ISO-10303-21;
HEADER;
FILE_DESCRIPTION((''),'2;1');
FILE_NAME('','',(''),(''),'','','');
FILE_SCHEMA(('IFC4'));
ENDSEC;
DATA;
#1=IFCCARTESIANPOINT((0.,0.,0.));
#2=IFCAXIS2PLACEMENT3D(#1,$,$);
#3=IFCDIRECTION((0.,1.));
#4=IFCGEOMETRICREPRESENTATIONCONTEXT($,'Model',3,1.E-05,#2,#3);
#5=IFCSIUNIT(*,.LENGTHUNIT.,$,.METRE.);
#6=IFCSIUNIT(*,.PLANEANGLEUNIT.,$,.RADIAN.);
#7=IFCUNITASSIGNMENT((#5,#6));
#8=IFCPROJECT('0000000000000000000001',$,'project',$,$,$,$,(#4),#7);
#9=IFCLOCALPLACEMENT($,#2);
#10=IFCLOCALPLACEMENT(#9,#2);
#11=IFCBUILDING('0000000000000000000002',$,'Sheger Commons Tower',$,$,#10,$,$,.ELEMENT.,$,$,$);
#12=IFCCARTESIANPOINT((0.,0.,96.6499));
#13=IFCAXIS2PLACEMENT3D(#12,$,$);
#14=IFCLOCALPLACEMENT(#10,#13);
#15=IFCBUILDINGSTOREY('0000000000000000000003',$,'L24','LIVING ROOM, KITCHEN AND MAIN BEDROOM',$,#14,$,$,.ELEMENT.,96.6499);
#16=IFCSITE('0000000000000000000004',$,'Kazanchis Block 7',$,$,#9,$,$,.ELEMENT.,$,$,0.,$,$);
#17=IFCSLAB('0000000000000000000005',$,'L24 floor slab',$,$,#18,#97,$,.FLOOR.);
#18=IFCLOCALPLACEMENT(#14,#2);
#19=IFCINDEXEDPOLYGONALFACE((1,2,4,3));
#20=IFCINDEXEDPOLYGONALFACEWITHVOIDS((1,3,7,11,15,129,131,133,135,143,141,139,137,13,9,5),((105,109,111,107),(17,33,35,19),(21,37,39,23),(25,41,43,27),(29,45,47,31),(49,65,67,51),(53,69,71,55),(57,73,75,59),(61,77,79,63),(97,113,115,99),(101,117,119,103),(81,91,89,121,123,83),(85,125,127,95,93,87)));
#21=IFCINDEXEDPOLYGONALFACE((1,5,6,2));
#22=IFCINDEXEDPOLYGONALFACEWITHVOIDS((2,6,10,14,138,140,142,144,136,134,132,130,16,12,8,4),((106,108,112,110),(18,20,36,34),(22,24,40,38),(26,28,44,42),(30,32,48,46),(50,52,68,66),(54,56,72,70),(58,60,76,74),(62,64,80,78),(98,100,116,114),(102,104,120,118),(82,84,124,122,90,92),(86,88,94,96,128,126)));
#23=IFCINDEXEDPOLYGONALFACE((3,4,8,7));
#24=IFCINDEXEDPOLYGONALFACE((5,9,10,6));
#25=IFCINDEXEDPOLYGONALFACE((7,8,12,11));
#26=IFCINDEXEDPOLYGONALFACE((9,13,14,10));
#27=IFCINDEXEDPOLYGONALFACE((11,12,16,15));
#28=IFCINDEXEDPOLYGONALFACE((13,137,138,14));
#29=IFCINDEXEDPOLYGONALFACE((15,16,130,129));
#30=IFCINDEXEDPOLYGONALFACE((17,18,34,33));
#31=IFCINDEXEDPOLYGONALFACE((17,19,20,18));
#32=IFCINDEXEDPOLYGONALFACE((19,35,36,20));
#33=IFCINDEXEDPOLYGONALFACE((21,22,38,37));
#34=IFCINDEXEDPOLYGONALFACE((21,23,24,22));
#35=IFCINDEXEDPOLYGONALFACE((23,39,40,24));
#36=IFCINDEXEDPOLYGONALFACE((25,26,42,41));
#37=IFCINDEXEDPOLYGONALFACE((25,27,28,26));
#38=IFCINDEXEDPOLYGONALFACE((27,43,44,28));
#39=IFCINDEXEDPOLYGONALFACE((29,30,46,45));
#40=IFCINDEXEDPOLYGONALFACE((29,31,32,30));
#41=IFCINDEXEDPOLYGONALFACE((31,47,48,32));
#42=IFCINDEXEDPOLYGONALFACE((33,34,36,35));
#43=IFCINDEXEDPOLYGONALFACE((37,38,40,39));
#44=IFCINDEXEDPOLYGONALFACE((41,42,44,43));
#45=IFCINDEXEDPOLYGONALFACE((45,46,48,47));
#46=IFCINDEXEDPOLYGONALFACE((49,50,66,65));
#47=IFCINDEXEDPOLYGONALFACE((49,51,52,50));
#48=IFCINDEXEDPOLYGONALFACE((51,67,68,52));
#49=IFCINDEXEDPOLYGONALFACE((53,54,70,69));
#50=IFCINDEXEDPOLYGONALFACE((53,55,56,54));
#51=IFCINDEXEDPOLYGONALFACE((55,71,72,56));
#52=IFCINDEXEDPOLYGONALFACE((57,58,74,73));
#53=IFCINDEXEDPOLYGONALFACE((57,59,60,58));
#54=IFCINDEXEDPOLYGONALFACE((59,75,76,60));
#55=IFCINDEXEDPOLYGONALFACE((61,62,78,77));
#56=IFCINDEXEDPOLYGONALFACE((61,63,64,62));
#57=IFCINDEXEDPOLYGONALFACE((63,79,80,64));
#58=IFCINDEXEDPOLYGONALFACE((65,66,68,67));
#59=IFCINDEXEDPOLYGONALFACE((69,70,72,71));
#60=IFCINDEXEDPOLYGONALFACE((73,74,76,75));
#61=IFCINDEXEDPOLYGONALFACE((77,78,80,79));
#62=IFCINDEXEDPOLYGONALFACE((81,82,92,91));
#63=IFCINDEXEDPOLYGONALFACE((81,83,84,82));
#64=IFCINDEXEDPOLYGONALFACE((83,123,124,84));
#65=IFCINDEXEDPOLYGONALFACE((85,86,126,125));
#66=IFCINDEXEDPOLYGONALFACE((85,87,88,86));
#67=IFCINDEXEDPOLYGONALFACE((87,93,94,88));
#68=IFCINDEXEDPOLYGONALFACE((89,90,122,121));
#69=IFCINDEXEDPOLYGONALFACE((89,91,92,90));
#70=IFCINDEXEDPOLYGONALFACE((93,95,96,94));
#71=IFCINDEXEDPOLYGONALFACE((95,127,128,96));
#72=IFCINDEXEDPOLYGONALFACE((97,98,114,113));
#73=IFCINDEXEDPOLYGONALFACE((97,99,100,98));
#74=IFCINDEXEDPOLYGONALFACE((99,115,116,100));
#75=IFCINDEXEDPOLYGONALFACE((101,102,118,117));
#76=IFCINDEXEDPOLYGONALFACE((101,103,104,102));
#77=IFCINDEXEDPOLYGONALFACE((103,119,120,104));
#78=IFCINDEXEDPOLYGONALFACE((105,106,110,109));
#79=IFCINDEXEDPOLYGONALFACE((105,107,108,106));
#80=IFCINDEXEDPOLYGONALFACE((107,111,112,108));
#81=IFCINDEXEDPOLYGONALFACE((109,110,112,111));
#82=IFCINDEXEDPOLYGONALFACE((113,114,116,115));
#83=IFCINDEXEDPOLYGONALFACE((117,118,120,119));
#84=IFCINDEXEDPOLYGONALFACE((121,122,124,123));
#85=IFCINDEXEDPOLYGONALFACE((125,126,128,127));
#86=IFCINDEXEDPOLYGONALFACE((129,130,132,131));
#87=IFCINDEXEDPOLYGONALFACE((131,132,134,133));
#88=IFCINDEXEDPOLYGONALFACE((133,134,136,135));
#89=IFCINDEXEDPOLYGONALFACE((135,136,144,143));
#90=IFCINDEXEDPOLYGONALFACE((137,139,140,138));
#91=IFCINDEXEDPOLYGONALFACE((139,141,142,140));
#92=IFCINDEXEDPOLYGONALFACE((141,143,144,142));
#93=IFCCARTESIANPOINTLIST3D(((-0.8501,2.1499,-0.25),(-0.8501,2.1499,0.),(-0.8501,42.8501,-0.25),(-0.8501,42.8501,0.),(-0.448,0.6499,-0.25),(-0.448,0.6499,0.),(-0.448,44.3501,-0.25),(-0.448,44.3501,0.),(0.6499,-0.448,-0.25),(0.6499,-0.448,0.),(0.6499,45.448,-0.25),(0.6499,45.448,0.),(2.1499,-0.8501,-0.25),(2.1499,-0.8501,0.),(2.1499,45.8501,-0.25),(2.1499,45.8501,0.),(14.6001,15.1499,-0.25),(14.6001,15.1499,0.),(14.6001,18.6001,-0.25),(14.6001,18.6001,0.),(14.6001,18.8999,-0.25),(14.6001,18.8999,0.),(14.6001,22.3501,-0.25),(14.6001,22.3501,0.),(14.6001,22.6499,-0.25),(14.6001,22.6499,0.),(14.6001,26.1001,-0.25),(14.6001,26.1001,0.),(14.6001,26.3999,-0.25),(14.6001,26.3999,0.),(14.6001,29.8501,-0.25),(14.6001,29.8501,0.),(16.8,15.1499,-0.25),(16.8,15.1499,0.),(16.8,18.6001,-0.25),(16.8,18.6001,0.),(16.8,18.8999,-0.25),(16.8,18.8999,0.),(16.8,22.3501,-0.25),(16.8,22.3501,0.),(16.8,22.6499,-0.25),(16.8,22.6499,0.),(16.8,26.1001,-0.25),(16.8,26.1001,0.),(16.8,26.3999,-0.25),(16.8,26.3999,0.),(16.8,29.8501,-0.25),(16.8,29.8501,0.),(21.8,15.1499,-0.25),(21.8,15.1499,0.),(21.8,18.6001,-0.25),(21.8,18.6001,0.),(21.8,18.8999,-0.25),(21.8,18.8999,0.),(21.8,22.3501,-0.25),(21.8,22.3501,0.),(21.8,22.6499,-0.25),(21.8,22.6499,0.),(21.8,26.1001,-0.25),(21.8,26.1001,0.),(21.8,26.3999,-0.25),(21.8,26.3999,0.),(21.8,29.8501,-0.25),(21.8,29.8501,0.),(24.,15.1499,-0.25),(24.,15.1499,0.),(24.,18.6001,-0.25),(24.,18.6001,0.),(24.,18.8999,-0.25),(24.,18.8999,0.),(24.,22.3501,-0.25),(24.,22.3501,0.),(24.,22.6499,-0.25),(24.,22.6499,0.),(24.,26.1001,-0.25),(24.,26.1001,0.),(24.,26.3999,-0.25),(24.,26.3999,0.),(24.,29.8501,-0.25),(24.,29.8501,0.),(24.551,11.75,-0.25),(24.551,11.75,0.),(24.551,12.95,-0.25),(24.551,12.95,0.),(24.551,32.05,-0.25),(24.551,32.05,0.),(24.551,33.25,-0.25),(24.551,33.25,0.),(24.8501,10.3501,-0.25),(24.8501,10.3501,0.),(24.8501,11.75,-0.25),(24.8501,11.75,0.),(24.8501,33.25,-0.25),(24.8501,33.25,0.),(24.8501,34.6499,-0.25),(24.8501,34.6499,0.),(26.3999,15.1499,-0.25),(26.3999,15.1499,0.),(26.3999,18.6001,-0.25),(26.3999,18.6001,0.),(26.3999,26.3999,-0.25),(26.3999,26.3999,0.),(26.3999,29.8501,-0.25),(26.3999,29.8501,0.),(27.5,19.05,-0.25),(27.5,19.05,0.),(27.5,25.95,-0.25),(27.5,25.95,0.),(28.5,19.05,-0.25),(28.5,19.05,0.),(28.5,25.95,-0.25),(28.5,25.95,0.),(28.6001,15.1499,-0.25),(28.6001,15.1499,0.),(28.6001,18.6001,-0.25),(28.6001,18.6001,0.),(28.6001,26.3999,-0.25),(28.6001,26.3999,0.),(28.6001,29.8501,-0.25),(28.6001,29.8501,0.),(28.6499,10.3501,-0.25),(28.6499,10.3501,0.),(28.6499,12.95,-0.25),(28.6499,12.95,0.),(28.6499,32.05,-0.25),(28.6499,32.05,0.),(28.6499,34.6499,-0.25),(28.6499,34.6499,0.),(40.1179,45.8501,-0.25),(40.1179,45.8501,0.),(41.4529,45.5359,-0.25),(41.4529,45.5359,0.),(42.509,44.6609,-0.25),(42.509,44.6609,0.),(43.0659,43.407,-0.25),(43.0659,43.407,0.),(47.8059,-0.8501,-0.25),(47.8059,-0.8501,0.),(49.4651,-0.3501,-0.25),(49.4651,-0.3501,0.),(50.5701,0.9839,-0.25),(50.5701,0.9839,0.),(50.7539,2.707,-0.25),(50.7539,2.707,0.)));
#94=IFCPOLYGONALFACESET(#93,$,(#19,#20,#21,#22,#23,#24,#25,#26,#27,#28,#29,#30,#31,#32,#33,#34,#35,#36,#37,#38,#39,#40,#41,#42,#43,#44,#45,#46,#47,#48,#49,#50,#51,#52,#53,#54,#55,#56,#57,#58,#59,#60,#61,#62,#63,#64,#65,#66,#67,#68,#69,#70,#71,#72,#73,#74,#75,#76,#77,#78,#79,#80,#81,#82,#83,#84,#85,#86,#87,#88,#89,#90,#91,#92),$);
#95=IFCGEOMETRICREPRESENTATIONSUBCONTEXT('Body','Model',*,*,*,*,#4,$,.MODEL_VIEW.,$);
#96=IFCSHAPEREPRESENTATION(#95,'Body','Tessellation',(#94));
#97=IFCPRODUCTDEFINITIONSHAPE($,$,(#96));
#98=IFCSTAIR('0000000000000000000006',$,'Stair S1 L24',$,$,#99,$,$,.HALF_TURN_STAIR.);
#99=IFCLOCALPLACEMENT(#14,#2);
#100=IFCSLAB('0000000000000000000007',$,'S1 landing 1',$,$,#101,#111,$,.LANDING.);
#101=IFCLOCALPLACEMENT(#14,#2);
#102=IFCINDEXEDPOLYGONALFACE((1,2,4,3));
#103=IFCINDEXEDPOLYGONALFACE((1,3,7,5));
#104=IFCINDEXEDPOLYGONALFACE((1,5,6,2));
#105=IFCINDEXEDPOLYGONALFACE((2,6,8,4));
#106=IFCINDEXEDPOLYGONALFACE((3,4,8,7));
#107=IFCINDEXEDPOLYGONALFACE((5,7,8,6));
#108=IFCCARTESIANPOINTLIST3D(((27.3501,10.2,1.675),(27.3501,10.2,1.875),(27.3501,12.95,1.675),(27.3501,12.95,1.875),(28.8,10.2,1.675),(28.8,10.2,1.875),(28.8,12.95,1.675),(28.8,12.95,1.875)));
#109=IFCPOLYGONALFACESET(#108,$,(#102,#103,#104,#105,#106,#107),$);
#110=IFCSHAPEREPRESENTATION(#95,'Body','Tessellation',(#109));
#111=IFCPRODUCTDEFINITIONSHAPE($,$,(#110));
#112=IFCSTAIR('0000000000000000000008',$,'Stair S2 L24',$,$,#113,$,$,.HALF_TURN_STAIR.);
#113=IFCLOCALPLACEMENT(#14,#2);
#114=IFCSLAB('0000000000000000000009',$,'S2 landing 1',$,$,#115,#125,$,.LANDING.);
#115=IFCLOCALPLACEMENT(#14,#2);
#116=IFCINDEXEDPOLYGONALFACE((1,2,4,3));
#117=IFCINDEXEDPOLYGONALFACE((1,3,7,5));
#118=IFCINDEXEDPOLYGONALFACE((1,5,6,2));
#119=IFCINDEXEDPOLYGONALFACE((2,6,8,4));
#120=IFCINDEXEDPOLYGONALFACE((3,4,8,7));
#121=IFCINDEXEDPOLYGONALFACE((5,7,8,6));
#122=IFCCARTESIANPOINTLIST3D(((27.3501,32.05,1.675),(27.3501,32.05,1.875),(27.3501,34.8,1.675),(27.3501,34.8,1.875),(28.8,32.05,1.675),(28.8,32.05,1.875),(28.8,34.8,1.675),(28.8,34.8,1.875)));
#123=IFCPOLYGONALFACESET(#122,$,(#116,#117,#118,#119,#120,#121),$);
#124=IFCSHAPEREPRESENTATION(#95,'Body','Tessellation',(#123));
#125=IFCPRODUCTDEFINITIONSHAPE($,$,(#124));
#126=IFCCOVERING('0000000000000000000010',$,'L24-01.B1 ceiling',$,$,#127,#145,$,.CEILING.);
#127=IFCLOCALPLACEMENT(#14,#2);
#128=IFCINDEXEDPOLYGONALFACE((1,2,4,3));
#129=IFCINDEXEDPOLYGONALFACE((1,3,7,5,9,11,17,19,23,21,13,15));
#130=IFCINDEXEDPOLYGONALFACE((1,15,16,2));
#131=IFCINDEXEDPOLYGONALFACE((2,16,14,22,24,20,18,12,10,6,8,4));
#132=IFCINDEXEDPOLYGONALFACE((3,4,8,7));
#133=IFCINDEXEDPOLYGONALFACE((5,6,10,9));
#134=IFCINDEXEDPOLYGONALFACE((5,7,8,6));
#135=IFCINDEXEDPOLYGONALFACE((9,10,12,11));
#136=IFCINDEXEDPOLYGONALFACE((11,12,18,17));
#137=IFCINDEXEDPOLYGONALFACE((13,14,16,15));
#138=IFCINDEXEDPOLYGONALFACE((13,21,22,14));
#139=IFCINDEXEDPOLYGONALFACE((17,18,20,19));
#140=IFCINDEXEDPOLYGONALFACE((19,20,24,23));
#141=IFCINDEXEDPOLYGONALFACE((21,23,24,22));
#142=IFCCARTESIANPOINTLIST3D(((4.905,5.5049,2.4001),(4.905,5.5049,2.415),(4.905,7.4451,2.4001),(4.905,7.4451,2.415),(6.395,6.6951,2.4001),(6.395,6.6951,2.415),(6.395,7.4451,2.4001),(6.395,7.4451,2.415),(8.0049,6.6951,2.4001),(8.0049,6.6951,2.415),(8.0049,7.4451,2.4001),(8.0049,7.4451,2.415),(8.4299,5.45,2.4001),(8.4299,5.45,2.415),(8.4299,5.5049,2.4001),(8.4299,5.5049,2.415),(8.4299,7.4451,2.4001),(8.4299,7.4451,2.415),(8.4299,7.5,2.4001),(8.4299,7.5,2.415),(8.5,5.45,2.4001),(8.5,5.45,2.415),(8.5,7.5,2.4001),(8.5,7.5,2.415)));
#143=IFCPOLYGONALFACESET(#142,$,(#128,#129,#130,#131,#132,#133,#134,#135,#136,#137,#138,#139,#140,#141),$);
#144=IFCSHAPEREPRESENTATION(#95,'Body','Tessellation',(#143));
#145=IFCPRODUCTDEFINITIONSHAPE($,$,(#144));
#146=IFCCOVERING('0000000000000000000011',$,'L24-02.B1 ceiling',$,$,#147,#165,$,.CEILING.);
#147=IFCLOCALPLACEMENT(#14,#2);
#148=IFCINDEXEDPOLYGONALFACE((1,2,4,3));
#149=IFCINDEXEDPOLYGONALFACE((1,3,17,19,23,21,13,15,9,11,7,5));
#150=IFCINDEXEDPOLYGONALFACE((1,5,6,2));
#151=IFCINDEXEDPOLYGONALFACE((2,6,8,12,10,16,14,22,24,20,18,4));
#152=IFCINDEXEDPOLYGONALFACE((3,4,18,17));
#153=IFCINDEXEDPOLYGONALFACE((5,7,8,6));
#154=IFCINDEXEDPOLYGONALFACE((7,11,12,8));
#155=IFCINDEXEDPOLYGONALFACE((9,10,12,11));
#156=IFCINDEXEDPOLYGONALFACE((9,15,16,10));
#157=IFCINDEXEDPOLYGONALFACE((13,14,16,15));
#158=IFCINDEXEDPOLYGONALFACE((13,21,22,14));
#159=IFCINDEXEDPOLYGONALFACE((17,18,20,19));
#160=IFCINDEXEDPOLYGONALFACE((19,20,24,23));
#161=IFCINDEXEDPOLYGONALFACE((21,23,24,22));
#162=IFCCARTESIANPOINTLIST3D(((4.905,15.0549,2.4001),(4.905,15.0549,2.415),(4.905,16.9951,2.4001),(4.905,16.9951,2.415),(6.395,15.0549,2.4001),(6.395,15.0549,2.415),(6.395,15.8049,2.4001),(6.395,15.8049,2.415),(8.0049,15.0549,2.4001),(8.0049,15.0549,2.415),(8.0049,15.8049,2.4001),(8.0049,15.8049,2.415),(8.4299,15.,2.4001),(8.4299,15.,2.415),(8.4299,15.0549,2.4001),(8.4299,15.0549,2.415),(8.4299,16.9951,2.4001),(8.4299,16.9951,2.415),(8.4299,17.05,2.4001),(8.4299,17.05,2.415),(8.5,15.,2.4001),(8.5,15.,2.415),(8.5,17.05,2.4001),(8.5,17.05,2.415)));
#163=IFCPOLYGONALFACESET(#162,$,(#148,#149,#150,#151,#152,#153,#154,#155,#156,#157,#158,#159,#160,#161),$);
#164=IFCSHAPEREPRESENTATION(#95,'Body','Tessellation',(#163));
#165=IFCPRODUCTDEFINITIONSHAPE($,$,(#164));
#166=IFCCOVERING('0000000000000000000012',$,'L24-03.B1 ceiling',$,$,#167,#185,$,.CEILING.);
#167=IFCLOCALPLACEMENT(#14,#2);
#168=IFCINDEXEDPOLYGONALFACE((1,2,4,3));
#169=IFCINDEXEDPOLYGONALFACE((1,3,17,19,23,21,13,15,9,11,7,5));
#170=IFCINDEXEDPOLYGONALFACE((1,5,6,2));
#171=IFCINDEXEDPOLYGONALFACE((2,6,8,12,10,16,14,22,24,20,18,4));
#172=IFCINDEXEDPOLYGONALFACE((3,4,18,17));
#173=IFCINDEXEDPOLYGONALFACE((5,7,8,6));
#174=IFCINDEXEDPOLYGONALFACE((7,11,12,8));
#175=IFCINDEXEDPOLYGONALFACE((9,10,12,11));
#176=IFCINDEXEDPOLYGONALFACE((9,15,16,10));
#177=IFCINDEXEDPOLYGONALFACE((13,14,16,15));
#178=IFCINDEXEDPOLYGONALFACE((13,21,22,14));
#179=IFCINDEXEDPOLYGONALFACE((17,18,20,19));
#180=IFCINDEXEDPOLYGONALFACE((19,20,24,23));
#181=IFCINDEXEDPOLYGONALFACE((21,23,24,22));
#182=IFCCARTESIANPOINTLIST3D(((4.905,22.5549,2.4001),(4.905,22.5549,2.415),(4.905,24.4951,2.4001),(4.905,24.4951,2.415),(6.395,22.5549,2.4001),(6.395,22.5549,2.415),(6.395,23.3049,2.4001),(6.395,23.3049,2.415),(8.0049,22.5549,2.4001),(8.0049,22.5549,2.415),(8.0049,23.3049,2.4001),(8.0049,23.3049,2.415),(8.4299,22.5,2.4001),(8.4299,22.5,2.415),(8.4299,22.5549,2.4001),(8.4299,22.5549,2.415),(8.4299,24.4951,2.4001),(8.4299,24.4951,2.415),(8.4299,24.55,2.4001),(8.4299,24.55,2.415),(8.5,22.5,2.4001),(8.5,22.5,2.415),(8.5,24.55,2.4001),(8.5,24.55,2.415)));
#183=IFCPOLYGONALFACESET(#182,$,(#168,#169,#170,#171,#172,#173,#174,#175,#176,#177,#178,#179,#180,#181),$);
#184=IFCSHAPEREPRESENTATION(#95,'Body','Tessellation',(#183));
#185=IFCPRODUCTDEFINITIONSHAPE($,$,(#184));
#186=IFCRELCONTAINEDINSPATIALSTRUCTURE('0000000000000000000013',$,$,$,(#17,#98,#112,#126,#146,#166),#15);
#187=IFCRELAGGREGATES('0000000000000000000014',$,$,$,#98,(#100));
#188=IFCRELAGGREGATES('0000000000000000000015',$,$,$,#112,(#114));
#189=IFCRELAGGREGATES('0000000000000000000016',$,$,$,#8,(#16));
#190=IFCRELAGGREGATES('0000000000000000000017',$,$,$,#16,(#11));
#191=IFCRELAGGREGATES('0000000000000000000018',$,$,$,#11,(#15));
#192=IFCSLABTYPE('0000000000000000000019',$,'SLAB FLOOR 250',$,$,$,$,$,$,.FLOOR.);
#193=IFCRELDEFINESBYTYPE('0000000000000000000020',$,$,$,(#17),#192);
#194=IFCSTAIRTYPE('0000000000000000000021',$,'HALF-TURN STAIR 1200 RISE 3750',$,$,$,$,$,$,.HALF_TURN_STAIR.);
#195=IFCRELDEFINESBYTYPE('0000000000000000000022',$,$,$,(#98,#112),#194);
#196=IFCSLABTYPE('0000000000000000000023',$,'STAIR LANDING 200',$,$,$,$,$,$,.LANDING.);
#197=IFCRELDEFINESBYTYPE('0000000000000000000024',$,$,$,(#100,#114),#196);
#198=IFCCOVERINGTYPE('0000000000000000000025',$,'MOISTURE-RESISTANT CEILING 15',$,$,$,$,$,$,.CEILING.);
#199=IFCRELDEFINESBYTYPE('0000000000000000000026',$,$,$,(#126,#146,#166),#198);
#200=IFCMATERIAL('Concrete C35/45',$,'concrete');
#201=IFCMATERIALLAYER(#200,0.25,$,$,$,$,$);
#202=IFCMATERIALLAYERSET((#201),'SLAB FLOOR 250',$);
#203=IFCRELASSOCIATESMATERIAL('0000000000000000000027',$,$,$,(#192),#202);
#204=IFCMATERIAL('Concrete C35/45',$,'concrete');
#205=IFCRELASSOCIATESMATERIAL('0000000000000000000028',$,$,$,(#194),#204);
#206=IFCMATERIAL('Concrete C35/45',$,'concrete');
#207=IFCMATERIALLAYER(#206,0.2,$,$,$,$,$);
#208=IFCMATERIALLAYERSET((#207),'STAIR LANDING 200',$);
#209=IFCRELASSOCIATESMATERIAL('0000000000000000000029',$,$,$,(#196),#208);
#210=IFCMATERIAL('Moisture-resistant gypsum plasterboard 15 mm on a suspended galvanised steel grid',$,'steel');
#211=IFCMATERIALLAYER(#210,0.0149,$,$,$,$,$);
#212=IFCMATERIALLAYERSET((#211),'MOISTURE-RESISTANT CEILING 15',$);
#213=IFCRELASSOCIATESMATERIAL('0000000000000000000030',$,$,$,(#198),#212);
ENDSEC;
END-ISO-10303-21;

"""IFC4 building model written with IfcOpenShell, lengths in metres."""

from ifc_helpers import new_model, si_unit, direction, frame, origin, place, context, subcontext, project, spatial, polyline, outline, extrude, material, layer, layer_set, type_object, element, aggregate, save


model = new_model("IFC4")

# Units and contexts
model_context = context("Model", 3, precision=1e-05, world=origin(), true_north=direction((0.0, 1.0)))
body_context = subcontext(model_context, "Body", "Model", "MODEL_VIEW")
ifc_project = project(units=[si_unit("LENGTHUNIT", "METRE"), si_unit("PLANEANGLEUNIT", "RADIAN")], contexts=[model_context])

# Site, building, storey
site_placement = place(None, origin())
site = spatial("IfcSite", under=ifc_project, at=site_placement, Name="Kazanchis Block 7", CompositionType="ELEMENT", RefElevation=0.0)
building_placement = place(site_placement, origin())
building = spatial("IfcBuilding", under=site, at=building_placement, Name="Sheger Commons Tower", CompositionType="ELEMENT")
storey_placement = place(building_placement, frame((0.0, 0.0, 96.6499)))
storey = spatial("IfcBuildingStorey", under=building, at=storey_placement, Name="L24", Description="LIVING ROOM, KITCHEN AND MAIN BEDROOM", CompositionType="ELEMENT", Elevation=96.6499)

# Slab
ifc_material_1 = material(Name="Concrete C35/45", Category="concrete")
ifc_layer_1 = layer(ifc_material_1, 0.25)
ifc_layer_set_1 = layer_set([ifc_layer_1], Name="SLAB FLOOR 250")
slab_type_1 = type_object("IfcSlabType", Name="SLAB FLOOR 250", PredefinedType="FLOOR", material=ifc_layer_set_1)
slab_1_placement = place(storey_placement, frame((0.0, 0.0, -0.25)))
element("IfcSlab", 1, at=slab_1_placement, inside=storey, type_object=slab_type_1, Name="L24 floor slab", PredefinedType="FLOOR", context=body_context, shape_type="SweptSolid", body=[
    extrude(outline(polyline([(-0.8501, 2.1499), (-0.448, 0.6499), (0.6499, -0.448), (2.1499, -0.8501), (47.8059, -0.8501), (49.4651, -0.3501), (50.5701, 0.9839), (50.7539, 2.707), (43.0659, 43.407), (42.509, 44.6609), (41.4529, 45.5359), (40.1179, 45.8501), (2.1499, 45.8501), (0.6499, 45.448), (-0.448, 44.3501), (-0.8501, 42.8501), (-0.8501, 2.1499)]), holes=[polyline([(24.8501, 10.3501), (28.6499, 10.3501), (28.6499, 12.95), (24.551, 12.95), (24.551, 11.75), (24.8501, 11.75), (24.8501, 10.3501)]), polyline([(24.551, 32.05), (28.6499, 32.05), (28.6499, 34.6499), (24.8501, 34.6499), (24.8501, 33.25), (24.551, 33.25), (24.551, 32.05)]), polyline([(26.3999, 15.1499), (28.6001, 15.1499), (28.6001, 18.6001), (26.3999, 18.6001), (26.3999, 15.1499)]), polyline([(26.3999, 26.3999), (28.6001, 26.3999), (28.6001, 29.8501), (26.3999, 29.8501), (26.3999, 26.3999)]), polyline([(14.6001, 15.1499), (16.8, 15.1499), (16.8, 18.6001), (14.6001, 18.6001), (14.6001, 15.1499)]), polyline([(14.6001, 18.8999), (16.8, 18.8999), (16.8, 22.3501), (14.6001, 22.3501), (14.6001, 18.8999)]), polyline([(14.6001, 22.6499), (16.8, 22.6499), (16.8, 26.1001), (14.6001, 26.1001), (14.6001, 22.6499)]), polyline([(14.6001, 26.3999), (16.8, 26.3999), (16.8, 29.8501), (14.6001, 29.8501), (14.6001, 26.3999)]), polyline([(21.8, 15.1499), (24.0, 15.1499), (24.0, 18.6001), (21.8, 18.6001), (21.8, 15.1499)]), polyline([(21.8, 18.8999), (24.0, 18.8999), (24.0, 22.3501), (21.8, 22.3501), (21.8, 18.8999)]), polyline([(21.8, 22.6499), (24.0, 22.6499), (24.0, 26.1001), (21.8, 26.1001), (21.8, 22.6499)]), polyline([(21.8, 26.3999), (24.0, 26.3999), (24.0, 29.8501), (21.8, 29.8501), (21.8, 26.3999)]), polyline([(27.5, 19.05), (28.5, 19.05), (28.5, 25.95), (27.5, 25.95), (27.5, 19.05)])]), origin(), (0.0, 0.0, 1.0), 0.25),
])

# Stairs, slabs
ifc_material_2 = material(Name="Concrete C35/45", Category="concrete")
stair_type = type_object("IfcStairType", Name="HALF-TURN STAIR 1200 RISE 3750", PredefinedType="HALF_TURN_STAIR", material=ifc_material_2)
stair_1_placement = place(storey_placement, origin())
stair_1 = element("IfcStair", 2, at=stair_1_placement, inside=storey, type_object=stair_type, Name="Stair S1 L24", PredefinedType="HALF_TURN_STAIR")
ifc_material_3 = material(Name="Concrete C35/45", Category="concrete")
ifc_layer_2 = layer(ifc_material_3, 0.2)
ifc_layer_set_2 = layer_set([ifc_layer_2], Name="STAIR LANDING 200")
slab_type_2 = type_object("IfcSlabType", Name="STAIR LANDING 200", PredefinedType="LANDING", material=ifc_layer_set_2)
slab_2_placement = place(storey_placement, frame((0.0, 0.0, 1.675)))
slab_2 = element("IfcSlab", 3, at=slab_2_placement, type_object=slab_type_2, Name="S1 landing 1", PredefinedType="LANDING", context=body_context, shape_type="SweptSolid", body=[
    extrude(outline(polyline([(27.3501, 10.2), (28.8, 10.2), (28.8, 12.95), (27.3501, 12.95), (27.3501, 10.2)])), origin(), (0.0, 0.0, 1.0), 0.2),
])
aggregate(stair_1, [slab_2])
stair_2_placement = place(storey_placement, origin())
stair_2 = element("IfcStair", 4, at=stair_2_placement, inside=storey, type_object=stair_type, Name="Stair S2 L24", PredefinedType="HALF_TURN_STAIR")
slab_3_placement = place(storey_placement, frame((0.0, 0.0, 1.675)))
slab_3 = element("IfcSlab", 5, at=slab_3_placement, type_object=slab_type_2, Name="S2 landing 1", PredefinedType="LANDING", context=body_context, shape_type="SweptSolid", body=[
    extrude(outline(polyline([(27.3501, 32.05), (28.8, 32.05), (28.8, 34.8), (27.3501, 34.8), (27.3501, 32.05)])), origin(), (0.0, 0.0, 1.0), 0.2),
])
aggregate(stair_2, [slab_3])

# Coverings
ifc_material_4 = material(Name="Moisture-resistant gypsum plasterboard 15 mm on a suspended galvanised steel grid", Category="steel")
ifc_layer_3 = layer(ifc_material_4, 0.0149)
ifc_layer_set_3 = layer_set([ifc_layer_3], Name="MOISTURE-RESISTANT CEILING 15")
covering_type_1 = type_object("IfcCoveringType", Name="MOISTURE-RESISTANT CEILING 15", PredefinedType="CEILING", material=ifc_layer_set_3)
covering_1_placement = place(storey_placement, frame((0.0, 0.0, 2.4001)))
element("IfcCovering", 6, at=covering_1_placement, inside=storey, type_object=covering_type_1, Name="L24-01.B1 ceiling", PredefinedType="CEILING", context=body_context, shape_type="SweptSolid", body=[
    extrude(outline(polyline([(8.4299, 5.45), (8.5, 5.45), (8.5, 7.5), (8.4299, 7.5), (8.4299, 7.4451), (8.0049, 7.4451), (8.0049, 6.6951), (6.395, 6.6951), (6.395, 7.4451), (4.905, 7.4451), (4.905, 5.5049), (8.4299, 5.5049), (8.4299, 5.45)])), origin(), (0.0, 0.0, 1.0), 0.0149),
])
covering_2_placement = place(storey_placement, frame((0.0, 0.0, 2.4001)))
element("IfcCovering", 7, at=covering_2_placement, inside=storey, type_object=covering_type_1, Name="L24-02.B1 ceiling", PredefinedType="CEILING", context=body_context, shape_type="SweptSolid", body=[
    extrude(outline(polyline([(8.4299, 15.0), (8.5, 15.0), (8.5, 17.05), (8.4299, 17.05), (8.4299, 16.9951), (4.905, 16.9951), (4.905, 15.0549), (6.395, 15.0549), (6.395, 15.8049), (8.0049, 15.8049), (8.0049, 15.0549), (8.4299, 15.0549), (8.4299, 15.0)])), origin(), (0.0, 0.0, 1.0), 0.0149),
])
covering_3_placement = place(storey_placement, frame((0.0, 0.0, 2.4001)))
element("IfcCovering", 8, at=covering_3_placement, inside=storey, type_object=covering_type_1, Name="L24-03.B1 ceiling", PredefinedType="CEILING", context=body_context, shape_type="SweptSolid", body=[
    extrude(outline(polyline([(8.4299, 22.5), (8.5, 22.5), (8.5, 24.55), (8.4299, 24.55), (8.4299, 24.4951), (4.905, 24.4951), (4.905, 22.5549), (6.395, 22.5549), (6.395, 23.3049), (8.0049, 23.3049), (8.0049, 22.5549), (8.4299, 22.5549), (8.4299, 22.5)])), origin(), (0.0, 0.0, 1.0), 0.0149),
])

save(model, "model.ifc")
